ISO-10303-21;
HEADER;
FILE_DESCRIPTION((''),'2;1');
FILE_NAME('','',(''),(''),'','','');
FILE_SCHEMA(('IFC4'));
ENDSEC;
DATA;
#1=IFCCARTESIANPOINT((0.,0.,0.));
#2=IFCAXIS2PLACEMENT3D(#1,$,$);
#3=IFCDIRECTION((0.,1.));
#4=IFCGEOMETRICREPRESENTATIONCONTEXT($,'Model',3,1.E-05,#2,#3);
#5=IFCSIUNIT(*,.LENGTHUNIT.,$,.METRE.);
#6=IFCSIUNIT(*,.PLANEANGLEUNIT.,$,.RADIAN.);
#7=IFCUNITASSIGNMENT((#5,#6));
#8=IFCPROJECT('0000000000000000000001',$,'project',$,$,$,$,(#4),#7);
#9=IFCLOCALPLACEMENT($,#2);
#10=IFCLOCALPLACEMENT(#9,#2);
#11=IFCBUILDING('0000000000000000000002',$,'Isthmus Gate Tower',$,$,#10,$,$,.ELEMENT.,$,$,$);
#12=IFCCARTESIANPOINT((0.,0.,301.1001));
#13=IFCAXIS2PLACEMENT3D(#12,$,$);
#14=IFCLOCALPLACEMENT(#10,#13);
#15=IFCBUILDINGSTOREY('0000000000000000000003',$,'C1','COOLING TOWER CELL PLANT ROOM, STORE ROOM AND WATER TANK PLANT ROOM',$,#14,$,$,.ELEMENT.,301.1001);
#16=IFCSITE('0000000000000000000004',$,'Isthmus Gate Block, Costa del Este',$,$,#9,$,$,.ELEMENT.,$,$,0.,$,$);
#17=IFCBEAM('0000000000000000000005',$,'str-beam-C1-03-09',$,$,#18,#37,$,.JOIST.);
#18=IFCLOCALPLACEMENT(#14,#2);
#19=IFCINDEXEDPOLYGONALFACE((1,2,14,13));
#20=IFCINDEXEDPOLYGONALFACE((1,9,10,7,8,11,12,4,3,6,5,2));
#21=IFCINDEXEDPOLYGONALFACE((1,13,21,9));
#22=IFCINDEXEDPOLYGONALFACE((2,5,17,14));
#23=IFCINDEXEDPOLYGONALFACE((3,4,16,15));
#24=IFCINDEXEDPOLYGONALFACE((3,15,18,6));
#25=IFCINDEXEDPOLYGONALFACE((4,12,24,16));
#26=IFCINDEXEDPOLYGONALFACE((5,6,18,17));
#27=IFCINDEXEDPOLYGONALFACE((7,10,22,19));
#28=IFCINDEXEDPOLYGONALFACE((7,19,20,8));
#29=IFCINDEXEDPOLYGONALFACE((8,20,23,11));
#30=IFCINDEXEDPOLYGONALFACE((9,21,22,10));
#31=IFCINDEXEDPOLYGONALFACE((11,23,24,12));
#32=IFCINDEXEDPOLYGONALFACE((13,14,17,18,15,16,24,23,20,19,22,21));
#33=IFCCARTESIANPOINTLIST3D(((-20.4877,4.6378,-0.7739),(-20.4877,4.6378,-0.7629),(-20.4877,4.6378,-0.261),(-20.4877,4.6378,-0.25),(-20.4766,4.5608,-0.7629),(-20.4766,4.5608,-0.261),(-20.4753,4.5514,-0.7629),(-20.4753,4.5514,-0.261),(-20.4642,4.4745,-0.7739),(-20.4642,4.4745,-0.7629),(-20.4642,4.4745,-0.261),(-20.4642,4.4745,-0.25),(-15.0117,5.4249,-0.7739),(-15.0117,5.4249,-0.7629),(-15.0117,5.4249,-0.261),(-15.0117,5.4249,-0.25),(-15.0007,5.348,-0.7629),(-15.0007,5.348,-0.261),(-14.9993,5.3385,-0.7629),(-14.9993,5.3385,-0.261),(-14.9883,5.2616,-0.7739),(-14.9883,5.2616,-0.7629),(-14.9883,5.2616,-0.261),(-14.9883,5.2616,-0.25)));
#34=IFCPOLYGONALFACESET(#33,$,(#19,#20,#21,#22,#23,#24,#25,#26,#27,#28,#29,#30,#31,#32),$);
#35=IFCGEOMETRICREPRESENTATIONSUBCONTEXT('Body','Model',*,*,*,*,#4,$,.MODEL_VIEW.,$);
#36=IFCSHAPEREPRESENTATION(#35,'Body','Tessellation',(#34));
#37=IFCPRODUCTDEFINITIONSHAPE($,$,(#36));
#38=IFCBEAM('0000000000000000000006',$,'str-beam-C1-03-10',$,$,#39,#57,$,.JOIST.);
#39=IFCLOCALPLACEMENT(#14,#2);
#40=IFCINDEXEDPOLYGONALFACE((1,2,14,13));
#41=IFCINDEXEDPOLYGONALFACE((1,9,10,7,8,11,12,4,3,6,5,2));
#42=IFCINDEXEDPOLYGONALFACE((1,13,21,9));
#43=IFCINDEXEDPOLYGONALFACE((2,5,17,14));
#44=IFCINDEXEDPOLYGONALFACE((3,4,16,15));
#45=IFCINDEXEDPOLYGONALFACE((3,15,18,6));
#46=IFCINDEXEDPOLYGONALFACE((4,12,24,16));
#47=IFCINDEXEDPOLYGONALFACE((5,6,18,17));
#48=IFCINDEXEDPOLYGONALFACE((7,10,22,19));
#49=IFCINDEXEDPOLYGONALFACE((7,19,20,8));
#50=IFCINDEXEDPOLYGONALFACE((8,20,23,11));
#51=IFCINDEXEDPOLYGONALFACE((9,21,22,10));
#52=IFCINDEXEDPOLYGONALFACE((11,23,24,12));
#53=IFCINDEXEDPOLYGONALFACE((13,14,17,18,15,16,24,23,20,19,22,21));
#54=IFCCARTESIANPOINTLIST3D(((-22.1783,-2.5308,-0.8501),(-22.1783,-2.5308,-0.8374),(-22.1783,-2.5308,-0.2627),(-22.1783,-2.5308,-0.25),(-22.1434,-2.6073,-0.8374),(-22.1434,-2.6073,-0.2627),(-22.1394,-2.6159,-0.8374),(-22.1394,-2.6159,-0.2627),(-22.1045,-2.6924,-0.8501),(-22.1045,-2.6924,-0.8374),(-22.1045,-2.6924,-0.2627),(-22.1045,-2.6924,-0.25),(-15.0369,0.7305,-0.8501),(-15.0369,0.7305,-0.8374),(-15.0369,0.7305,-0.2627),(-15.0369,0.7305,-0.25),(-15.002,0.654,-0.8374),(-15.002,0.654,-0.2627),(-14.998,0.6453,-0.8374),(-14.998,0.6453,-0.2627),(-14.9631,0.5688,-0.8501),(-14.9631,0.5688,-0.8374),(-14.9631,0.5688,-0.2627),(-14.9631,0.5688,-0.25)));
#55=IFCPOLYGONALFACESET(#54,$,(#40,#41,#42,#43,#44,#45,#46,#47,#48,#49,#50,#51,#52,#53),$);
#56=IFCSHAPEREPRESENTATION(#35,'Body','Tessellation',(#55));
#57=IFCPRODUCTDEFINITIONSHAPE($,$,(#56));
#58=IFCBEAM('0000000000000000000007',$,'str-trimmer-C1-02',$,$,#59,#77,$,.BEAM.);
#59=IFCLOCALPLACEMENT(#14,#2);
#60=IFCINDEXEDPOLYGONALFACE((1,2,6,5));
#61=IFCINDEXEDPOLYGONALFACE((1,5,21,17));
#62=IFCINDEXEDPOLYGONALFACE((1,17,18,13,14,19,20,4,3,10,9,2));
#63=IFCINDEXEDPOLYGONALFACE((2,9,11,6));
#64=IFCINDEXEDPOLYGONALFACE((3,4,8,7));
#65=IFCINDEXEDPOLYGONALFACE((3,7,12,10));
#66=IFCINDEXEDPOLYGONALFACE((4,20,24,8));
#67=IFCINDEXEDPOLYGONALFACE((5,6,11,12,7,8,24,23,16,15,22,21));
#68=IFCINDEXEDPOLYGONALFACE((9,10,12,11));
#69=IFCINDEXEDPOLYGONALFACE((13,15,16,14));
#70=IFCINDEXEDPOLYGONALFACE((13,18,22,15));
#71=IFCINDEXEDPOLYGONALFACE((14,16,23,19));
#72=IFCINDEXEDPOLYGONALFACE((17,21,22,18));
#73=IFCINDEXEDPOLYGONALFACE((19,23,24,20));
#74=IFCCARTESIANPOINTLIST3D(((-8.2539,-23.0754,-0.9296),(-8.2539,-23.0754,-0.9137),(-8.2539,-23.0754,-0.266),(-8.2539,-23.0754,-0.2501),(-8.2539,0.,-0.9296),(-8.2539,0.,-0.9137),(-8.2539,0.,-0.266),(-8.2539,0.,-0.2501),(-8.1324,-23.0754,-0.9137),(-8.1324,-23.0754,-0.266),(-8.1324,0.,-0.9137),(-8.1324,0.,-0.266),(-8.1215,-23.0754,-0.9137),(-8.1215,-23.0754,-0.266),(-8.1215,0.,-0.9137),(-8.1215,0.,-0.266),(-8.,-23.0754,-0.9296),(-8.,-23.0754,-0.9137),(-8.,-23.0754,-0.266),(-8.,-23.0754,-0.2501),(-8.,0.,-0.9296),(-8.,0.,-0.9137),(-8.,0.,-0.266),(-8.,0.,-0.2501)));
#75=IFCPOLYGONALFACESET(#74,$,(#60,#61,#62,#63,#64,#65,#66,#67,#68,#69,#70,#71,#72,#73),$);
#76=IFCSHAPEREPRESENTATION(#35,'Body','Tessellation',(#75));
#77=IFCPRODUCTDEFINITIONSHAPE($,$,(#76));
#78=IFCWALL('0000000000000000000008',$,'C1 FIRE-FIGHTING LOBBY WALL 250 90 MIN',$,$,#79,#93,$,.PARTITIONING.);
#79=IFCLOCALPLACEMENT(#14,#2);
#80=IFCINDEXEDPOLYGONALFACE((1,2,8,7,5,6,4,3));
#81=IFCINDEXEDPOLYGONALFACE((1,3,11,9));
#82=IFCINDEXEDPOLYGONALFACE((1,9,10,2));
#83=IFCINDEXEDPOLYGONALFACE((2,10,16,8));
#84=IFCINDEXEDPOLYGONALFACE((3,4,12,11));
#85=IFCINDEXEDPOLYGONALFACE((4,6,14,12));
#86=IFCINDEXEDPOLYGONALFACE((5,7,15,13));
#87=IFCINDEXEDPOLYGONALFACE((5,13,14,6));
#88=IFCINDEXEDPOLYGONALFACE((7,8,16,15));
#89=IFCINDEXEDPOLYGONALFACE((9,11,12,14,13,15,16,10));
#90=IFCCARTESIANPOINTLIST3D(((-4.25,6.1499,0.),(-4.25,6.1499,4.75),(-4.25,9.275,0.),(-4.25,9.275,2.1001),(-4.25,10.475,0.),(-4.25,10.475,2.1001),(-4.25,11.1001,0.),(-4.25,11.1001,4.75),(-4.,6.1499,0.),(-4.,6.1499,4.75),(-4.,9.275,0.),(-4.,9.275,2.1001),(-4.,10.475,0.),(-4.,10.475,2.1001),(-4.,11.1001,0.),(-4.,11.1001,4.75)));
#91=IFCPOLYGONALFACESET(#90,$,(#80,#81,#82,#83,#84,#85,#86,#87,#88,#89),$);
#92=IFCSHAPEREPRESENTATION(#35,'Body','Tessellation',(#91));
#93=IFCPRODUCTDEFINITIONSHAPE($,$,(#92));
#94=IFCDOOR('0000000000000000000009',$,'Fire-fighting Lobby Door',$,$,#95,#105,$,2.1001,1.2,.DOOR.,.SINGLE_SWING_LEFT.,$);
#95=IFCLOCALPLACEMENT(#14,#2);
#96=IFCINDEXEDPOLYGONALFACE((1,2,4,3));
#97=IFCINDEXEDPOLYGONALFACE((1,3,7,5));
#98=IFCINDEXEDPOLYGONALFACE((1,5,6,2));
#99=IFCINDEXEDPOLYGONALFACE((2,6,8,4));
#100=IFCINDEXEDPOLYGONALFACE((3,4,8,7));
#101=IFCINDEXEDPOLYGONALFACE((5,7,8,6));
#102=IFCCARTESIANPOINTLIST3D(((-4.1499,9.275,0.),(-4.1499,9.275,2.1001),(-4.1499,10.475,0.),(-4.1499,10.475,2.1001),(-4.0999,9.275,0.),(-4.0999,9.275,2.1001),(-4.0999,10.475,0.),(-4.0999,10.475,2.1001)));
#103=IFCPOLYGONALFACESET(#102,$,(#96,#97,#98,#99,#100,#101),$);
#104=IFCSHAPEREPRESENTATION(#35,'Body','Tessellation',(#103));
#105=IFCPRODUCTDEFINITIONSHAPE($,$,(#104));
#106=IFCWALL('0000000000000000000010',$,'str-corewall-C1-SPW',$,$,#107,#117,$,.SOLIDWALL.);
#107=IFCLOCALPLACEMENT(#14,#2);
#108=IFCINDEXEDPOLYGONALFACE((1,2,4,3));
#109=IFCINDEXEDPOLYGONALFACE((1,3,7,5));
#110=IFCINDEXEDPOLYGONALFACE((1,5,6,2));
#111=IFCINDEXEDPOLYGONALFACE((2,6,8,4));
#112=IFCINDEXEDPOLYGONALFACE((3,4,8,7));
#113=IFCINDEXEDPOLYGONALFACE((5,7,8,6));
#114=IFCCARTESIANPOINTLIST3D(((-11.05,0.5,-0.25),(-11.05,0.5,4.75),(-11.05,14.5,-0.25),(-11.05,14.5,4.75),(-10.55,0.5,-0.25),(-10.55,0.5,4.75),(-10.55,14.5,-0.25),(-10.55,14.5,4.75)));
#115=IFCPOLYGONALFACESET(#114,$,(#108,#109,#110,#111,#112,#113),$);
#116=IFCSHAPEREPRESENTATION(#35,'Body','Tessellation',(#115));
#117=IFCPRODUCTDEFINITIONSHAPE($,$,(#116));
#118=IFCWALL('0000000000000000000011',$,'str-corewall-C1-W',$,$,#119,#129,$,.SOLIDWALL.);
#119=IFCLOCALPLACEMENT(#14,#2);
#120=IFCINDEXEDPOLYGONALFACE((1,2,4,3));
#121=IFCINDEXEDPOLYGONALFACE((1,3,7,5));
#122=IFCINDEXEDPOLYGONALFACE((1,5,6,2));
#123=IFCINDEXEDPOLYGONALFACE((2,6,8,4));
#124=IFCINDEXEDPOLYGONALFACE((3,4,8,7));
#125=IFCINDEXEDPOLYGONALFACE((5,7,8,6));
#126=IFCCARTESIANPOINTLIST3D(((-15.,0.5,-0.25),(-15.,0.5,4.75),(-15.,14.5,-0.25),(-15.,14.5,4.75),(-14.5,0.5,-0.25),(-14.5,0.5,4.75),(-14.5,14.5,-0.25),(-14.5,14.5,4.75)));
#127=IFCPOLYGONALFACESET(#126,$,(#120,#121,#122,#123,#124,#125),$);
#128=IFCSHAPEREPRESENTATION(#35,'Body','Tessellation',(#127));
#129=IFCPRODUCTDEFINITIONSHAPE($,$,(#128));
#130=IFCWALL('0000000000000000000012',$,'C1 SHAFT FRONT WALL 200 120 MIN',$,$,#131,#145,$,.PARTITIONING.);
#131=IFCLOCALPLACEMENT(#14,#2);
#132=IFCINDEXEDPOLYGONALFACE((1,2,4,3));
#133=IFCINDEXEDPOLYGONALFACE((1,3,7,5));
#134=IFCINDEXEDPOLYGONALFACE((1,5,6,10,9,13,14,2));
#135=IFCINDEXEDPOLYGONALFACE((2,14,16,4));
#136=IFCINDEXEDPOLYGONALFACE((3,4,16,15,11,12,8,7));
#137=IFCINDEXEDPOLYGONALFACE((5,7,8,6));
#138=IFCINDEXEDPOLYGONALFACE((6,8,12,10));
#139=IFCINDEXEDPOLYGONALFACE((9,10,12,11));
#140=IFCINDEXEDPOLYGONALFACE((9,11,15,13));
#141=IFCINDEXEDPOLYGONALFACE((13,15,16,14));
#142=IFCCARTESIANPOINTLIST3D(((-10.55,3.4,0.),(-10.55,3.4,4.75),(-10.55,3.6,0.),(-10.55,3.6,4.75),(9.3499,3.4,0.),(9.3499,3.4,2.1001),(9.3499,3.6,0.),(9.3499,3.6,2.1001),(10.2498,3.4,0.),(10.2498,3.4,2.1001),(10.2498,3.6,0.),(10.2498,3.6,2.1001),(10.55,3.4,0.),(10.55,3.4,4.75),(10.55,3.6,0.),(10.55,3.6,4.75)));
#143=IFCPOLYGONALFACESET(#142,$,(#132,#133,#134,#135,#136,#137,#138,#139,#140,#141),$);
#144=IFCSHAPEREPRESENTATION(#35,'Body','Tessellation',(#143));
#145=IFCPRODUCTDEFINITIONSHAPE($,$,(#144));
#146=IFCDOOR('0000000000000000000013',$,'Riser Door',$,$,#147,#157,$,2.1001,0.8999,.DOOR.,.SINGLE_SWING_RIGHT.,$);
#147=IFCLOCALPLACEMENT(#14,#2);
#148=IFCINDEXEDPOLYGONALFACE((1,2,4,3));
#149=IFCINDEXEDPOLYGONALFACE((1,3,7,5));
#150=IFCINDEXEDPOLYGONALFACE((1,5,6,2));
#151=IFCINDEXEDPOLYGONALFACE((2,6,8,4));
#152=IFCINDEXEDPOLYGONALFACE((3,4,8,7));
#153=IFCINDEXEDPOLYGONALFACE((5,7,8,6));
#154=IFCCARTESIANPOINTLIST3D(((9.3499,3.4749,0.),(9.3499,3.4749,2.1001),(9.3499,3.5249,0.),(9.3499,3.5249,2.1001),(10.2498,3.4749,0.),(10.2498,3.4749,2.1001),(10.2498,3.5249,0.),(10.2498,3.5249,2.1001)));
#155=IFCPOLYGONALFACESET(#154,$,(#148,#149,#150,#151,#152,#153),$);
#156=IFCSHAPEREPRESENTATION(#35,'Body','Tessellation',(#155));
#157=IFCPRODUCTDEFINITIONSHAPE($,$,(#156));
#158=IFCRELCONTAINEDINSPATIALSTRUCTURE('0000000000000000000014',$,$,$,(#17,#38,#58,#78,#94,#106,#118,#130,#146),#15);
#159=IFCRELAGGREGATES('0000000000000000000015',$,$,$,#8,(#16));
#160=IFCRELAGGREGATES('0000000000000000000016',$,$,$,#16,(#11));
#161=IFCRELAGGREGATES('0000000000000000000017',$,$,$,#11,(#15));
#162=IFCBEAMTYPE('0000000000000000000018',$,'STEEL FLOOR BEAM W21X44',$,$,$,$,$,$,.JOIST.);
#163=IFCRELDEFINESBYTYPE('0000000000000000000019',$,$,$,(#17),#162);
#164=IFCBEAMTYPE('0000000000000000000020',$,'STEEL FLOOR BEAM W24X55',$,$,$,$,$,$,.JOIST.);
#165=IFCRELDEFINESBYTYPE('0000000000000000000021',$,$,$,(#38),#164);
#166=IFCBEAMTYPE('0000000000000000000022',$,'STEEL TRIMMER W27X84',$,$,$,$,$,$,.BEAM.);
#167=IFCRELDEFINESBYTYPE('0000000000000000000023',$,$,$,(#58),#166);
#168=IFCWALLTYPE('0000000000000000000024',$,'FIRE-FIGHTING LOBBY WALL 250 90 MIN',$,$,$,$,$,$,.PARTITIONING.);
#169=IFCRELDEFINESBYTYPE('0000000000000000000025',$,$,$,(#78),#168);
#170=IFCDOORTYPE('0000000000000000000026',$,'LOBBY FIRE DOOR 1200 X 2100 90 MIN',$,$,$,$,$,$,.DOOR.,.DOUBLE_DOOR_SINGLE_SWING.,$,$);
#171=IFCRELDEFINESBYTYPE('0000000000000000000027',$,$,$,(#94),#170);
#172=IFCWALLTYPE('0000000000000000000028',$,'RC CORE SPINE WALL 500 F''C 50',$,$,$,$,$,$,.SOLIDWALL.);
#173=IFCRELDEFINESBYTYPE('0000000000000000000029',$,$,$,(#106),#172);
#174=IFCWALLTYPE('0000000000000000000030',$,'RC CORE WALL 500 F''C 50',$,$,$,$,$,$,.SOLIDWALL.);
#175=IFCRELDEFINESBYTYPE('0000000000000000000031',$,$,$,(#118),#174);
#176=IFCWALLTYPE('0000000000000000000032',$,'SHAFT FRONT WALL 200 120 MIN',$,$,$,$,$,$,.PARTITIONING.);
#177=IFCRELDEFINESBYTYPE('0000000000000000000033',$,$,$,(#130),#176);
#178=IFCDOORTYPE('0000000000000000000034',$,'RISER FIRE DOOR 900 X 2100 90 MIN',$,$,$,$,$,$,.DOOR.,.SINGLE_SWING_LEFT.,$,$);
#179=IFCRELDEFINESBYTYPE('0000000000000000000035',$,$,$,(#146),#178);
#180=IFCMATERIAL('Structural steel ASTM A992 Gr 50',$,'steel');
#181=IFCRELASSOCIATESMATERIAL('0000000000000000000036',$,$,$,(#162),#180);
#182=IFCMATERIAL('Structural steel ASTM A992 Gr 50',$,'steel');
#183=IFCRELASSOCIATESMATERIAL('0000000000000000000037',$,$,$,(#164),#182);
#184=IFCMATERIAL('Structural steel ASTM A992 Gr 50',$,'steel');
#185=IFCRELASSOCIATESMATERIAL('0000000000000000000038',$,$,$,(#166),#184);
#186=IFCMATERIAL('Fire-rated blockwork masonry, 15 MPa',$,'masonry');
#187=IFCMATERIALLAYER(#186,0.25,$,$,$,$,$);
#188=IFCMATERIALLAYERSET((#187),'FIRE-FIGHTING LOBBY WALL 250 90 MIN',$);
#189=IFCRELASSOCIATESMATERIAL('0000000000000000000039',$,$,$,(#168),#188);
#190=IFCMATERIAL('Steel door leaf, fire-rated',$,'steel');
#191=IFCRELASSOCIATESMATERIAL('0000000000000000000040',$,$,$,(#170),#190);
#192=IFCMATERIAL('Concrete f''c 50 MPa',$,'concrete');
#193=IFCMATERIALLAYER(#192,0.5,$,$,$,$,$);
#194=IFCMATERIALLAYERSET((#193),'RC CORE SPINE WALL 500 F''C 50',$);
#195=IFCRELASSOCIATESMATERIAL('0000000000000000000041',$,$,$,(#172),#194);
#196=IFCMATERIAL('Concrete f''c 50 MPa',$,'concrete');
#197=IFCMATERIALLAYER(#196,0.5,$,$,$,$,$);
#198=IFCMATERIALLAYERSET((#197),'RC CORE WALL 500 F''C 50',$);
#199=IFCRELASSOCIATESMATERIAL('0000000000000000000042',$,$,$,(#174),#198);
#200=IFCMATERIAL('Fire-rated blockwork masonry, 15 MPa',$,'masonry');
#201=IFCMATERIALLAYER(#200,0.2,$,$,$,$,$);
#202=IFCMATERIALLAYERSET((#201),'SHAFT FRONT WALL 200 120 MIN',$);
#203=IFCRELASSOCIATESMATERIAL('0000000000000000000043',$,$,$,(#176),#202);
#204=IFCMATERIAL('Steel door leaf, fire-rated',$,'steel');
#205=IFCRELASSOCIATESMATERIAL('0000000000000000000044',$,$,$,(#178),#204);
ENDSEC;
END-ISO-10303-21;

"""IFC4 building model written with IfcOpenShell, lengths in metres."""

from ifc_helpers import new_model, si_unit, direction, frame, frame_2d, origin, origin_2d, place, context, subcontext, project, spatial, rectangle, i_section, extrude, material, layer, layer_set, material_profile, profile_set, type_object, element, fill, save


model = new_model("IFC4")

# Units and contexts
model_context = context("Model", 3, precision=1e-05, world=origin(), true_north=direction((0.0, 1.0)))
body_context = subcontext(model_context, "Body", "Model", "MODEL_VIEW")
ifc_project = project(units=[si_unit("LENGTHUNIT", "METRE"), si_unit("PLANEANGLEUNIT", "RADIAN")], contexts=[model_context])

# Site, building, storey
site_placement = place(None, origin())
site = spatial("IfcSite", under=ifc_project, at=site_placement, Name="Isthmus Gate Block, Costa del Este", CompositionType="ELEMENT", RefElevation=0.0)
building_placement = place(site_placement, origin())
building = spatial("IfcBuilding", under=site, at=building_placement, Name="Isthmus Gate Tower", CompositionType="ELEMENT")
storey_placement = place(building_placement, frame((0.0, 0.0, 301.1001)))
storey = spatial("IfcBuildingStorey", under=building, at=storey_placement, Name="C1", Description="COOLING TOWER CELL PLANT ROOM, STORE ROOM AND WATER TANK PLANT ROOM", CompositionType="ELEMENT", Elevation=301.1001)

# Beams
ifc_material_1 = material(Name="Structural steel ASTM A992 Gr 50", Category="steel")
ifc_material_profile_1 = material_profile(ifc_material_1, i_section(OverallWidth=0.165, OverallDepth=0.5239, WebThickness=0.0095, FlangeThickness=0.011, at=origin_2d()), Name="W21X44")
ifc_profile_set_1 = profile_set([ifc_material_profile_1], Name="Structural steel ASTM A992 Gr 50")
beam_type_1 = type_object("IfcBeamType", Name="STEEL FLOOR BEAM W21X44", PredefinedType="JOIST", material=ifc_profile_set_1)
beam_1_placement = place(storey_placement, frame((-15.0, 5.3433, -0.512), z_axis=(-0.989826, -0.14228, 0.0), x_axis=(0.14228, -0.989826, 0.0)))
element("IfcBeam", 1, at=beam_1_placement, inside=storey, type_object=beam_type_1, Name="str-beam-C1-03-09", PredefinedType="JOIST", context=body_context, shape_type="SweptSolid", body=[
    extrude(i_section(OverallWidth=0.165, OverallDepth=0.5239, WebThickness=0.0095, FlangeThickness=0.011, at=origin_2d()), origin(), (0.0, 0.0, 1.0), 5.5322),
])
ifc_material_2 = material(Name="Structural steel ASTM A992 Gr 50", Category="steel")
ifc_material_profile_2 = material_profile(ifc_material_2, i_section(OverallWidth=0.1777, OverallDepth=0.6001, WebThickness=0.0095, FlangeThickness=0.0127, at=origin_2d()), Name="W24X55")
ifc_profile_set_2 = profile_set([ifc_material_profile_2], Name="Structural steel ASTM A992 Gr 50")
beam_type_2 = type_object("IfcBeamType", Name="STEEL FLOOR BEAM W24X55", PredefinedType="JOIST", material=ifc_profile_set_2)
beam_2_placement = place(storey_placement, frame((-15.0, 0.6497, -0.55), z_axis=(-0.909638, -0.415403, 0.0), x_axis=(0.415403, -0.909638, 0.0)))
element("IfcBeam", 2, at=beam_2_placement, inside=storey, type_object=beam_type_2, Name="str-beam-C1-03-10", PredefinedType="JOIST", context=body_context, shape_type="SweptSolid", body=[
    extrude(i_section(OverallWidth=0.1777, OverallDepth=0.6001, WebThickness=0.0095, FlangeThickness=0.0127, at=origin_2d()), origin(), (0.0, 0.0, 1.0), 7.8508),
])
ifc_material_3 = material(Name="Structural steel ASTM A992 Gr 50", Category="steel")
ifc_material_profile_3 = material_profile(ifc_material_3, i_section(OverallWidth=0.2539, OverallDepth=0.6794, WebThickness=0.011, FlangeThickness=0.0159, at=origin_2d()), Name="W27X84")
ifc_profile_set_3 = profile_set([ifc_material_profile_3], Name="Structural steel ASTM A992 Gr 50")
beam_type_3 = type_object("IfcBeamType", Name="STEEL TRIMMER W27X84", PredefinedType="BEAM", material=ifc_profile_set_3)
beam_3_placement = place(storey_placement, frame((-8.127, 0.0, -0.5898), z_axis=(0.0, -1.0, 0.0), x_axis=(1.0, 0.0, 0.0)))
element("IfcBeam", 3, at=beam_3_placement, inside=storey, type_object=beam_type_3, Name="str-trimmer-C1-02", PredefinedType="BEAM", context=body_context, shape_type="SweptSolid", body=[
    extrude(i_section(OverallWidth=0.2539, OverallDepth=0.6794, WebThickness=0.011, FlangeThickness=0.0159, at=origin_2d()), origin(), (0.0, 0.0, 1.0), 23.0754),
])

# Wall, opening, door
ifc_material_4 = material(Name="Fire-rated blockwork masonry, 15 MPa", Category="masonry")
ifc_layer_1 = layer(ifc_material_4, 0.25)
ifc_layer_set_1 = layer_set([ifc_layer_1], Name="FIRE-FIGHTING LOBBY WALL 250 90 MIN")
wall_type_1 = type_object("IfcWallType", Name="FIRE-FIGHTING LOBBY WALL 250 90 MIN", PredefinedType="PARTITIONING", material=ifc_layer_set_1)
wall_1_placement = place(storey_placement, frame((-4.125, 6.1499, 0.0), z_axis=(0.0, 0.0, 1.0), x_axis=(0.0, 1.0, 0.0)))
wall_1 = element("IfcWall", 4, at=wall_1_placement, inside=storey, type_object=wall_type_1, Name="C1 FIRE-FIGHTING LOBBY WALL 250 90 MIN", PredefinedType="PARTITIONING", context=body_context, shape_type="SweptSolid", body=[
    extrude(rectangle(XDim=4.9502, YDim=0.25, at=frame_2d((2.4751, 0.0))), origin(), (0.0, 0.0, 1.0), 4.75),
])
opening_1_placement = place(wall_1_placement, frame((3.125, 0.0, 0.0)))
opening_1 = element("IfcOpeningElement", 5, at=opening_1_placement, cuts=wall_1, PredefinedType="OPENING", context=body_context, shape_type="SweptSolid", body=[
    extrude(rectangle(XDim=1.2, YDim=2.1001, at=frame_2d((0.6001, 1.05))), frame((0.0, 0.135, 0.0), z_axis=(0.0, -1.0, 0.0), x_axis=(1.0, 0.0, 0.0)), (0.0, 0.0, 1.0), 0.27),
])
ifc_material_5 = material(Name="Steel door leaf, fire-rated", Category="steel")
door_type_1 = type_object("IfcDoorType", Name="LOBBY FIRE DOOR 1200 X 2100 90 MIN", OperationType="DOUBLE_DOOR_SINGLE_SWING", PredefinedType="DOOR", material=ifc_material_5)
door_1_placement = place(opening_1_placement, origin())
door_1 = element("IfcDoor", 6, at=door_1_placement, inside=storey, type_object=door_type_1, Name="Fire-fighting Lobby Door", OperationType="SINGLE_SWING_LEFT", OverallHeight=2.1001, OverallWidth=1.2, PredefinedType="DOOR", context=body_context, shape_type="SweptSolid", body=[
    extrude(rectangle(XDim=1.2, YDim=2.1001, at=frame_2d((0.6001, 1.05))), frame((0.0, 0.0249, 0.0), z_axis=(0.0, -1.0, 0.0), x_axis=(1.0, 0.0, 0.0)), (0.0, 0.0, 1.0), 0.05),
])
fill(opening_1, door_1)

# Walls
ifc_material_6 = material(Name="Concrete f'c 50 MPa", Category="concrete")
ifc_layer_2 = layer(ifc_material_6, 0.5)
ifc_layer_set_2 = layer_set([ifc_layer_2], Name="RC CORE SPINE WALL 500 F'C 50")
wall_type_2 = type_object("IfcWallType", Name="RC CORE SPINE WALL 500 F'C 50", PredefinedType="SOLIDWALL", material=ifc_layer_set_2)
wall_2_placement = place(storey_placement, frame((-10.8, 0.5, -0.25), z_axis=(0.0, 0.0, 1.0), x_axis=(0.0, 1.0, 0.0)))
element("IfcWall", 7, at=wall_2_placement, inside=storey, type_object=wall_type_2, Name="str-corewall-C1-SPW", PredefinedType="SOLIDWALL", context=body_context, shape_type="SweptSolid", body=[
    extrude(rectangle(XDim=14.0, YDim=0.5, at=frame_2d((7.0, 0.0))), origin(), (0.0, 0.0, 1.0), 5.0),
])
ifc_material_7 = material(Name="Concrete f'c 50 MPa", Category="concrete")
ifc_layer_3 = layer(ifc_material_7, 0.5)
ifc_layer_set_3 = layer_set([ifc_layer_3], Name="RC CORE WALL 500 F'C 50")
wall_type_3 = type_object("IfcWallType", Name="RC CORE WALL 500 F'C 50", PredefinedType="SOLIDWALL", material=ifc_layer_set_3)
wall_3_placement = place(storey_placement, frame((-14.75, 0.5, -0.25), z_axis=(0.0, 0.0, 1.0), x_axis=(0.0, 1.0, 0.0)))
element("IfcWall", 8, at=wall_3_placement, inside=storey, type_object=wall_type_3, Name="str-corewall-C1-W", PredefinedType="SOLIDWALL", context=body_context, shape_type="SweptSolid", body=[
    extrude(rectangle(XDim=14.0, YDim=0.5, at=frame_2d((7.0, 0.0))), origin(), (0.0, 0.0, 1.0), 5.0),
])

# Wall, opening, door
ifc_material_8 = material(Name="Fire-rated blockwork masonry, 15 MPa", Category="masonry")
ifc_layer_4 = layer(ifc_material_8, 0.2)
ifc_layer_set_4 = layer_set([ifc_layer_4], Name="SHAFT FRONT WALL 200 120 MIN")
wall_type_4 = type_object("IfcWallType", Name="SHAFT FRONT WALL 200 120 MIN", PredefinedType="PARTITIONING", material=ifc_layer_set_4)
wall_4_placement = place(storey_placement, frame((-10.55, 3.5, 0.0), z_axis=(0.0, 0.0, 1.0), x_axis=(1.0, 0.0, 0.0)))
wall_4 = element("IfcWall", 9, at=wall_4_placement, inside=storey, type_object=wall_type_4, Name="C1 SHAFT FRONT WALL 200 120 MIN", PredefinedType="PARTITIONING", context=body_context, shape_type="SweptSolid", body=[
    extrude(rectangle(XDim=21.1001, YDim=0.2, at=frame_2d((10.55, 0.0))), origin(), (0.0, 0.0, 1.0), 4.75),
])
opening_2_placement = place(wall_4_placement, frame((19.8999, 0.0, 0.0)))
opening_2 = element("IfcOpeningElement", 10, at=opening_2_placement, cuts=wall_4, PredefinedType="OPENING", context=body_context, shape_type="SweptSolid", body=[
    extrude(rectangle(XDim=0.8999, YDim=2.1001, at=frame_2d((0.45, 1.05))), frame((0.0, 0.1099, 0.0), z_axis=(0.0, -1.0, 0.0), x_axis=(1.0, 0.0, 0.0)), (0.0, 0.0, 1.0), 0.22),
])
ifc_material_9 = material(Name="Steel door leaf, fire-rated", Category="steel")
door_type_2 = type_object("IfcDoorType", Name="RISER FIRE DOOR 900 X 2100 90 MIN", OperationType="SINGLE_SWING_LEFT", PredefinedType="DOOR", material=ifc_material_9)
door_2_placement = place(opening_2_placement, origin())
door_2 = element("IfcDoor", 11, at=door_2_placement, inside=storey, type_object=door_type_2, Name="Riser Door", OperationType="SINGLE_SWING_RIGHT", OverallHeight=2.1001, OverallWidth=0.8999, PredefinedType="DOOR", context=body_context, shape_type="SweptSolid", body=[
    extrude(rectangle(XDim=0.8999, YDim=2.1001, at=frame_2d((0.45, 1.05))), frame((0.0, 0.0249, 0.0), z_axis=(0.0, -1.0, 0.0), x_axis=(1.0, 0.0, 0.0)), (0.0, 0.0, 1.0), 0.05),
])
fill(opening_2, door_2)

save(model, "model.ifc")
